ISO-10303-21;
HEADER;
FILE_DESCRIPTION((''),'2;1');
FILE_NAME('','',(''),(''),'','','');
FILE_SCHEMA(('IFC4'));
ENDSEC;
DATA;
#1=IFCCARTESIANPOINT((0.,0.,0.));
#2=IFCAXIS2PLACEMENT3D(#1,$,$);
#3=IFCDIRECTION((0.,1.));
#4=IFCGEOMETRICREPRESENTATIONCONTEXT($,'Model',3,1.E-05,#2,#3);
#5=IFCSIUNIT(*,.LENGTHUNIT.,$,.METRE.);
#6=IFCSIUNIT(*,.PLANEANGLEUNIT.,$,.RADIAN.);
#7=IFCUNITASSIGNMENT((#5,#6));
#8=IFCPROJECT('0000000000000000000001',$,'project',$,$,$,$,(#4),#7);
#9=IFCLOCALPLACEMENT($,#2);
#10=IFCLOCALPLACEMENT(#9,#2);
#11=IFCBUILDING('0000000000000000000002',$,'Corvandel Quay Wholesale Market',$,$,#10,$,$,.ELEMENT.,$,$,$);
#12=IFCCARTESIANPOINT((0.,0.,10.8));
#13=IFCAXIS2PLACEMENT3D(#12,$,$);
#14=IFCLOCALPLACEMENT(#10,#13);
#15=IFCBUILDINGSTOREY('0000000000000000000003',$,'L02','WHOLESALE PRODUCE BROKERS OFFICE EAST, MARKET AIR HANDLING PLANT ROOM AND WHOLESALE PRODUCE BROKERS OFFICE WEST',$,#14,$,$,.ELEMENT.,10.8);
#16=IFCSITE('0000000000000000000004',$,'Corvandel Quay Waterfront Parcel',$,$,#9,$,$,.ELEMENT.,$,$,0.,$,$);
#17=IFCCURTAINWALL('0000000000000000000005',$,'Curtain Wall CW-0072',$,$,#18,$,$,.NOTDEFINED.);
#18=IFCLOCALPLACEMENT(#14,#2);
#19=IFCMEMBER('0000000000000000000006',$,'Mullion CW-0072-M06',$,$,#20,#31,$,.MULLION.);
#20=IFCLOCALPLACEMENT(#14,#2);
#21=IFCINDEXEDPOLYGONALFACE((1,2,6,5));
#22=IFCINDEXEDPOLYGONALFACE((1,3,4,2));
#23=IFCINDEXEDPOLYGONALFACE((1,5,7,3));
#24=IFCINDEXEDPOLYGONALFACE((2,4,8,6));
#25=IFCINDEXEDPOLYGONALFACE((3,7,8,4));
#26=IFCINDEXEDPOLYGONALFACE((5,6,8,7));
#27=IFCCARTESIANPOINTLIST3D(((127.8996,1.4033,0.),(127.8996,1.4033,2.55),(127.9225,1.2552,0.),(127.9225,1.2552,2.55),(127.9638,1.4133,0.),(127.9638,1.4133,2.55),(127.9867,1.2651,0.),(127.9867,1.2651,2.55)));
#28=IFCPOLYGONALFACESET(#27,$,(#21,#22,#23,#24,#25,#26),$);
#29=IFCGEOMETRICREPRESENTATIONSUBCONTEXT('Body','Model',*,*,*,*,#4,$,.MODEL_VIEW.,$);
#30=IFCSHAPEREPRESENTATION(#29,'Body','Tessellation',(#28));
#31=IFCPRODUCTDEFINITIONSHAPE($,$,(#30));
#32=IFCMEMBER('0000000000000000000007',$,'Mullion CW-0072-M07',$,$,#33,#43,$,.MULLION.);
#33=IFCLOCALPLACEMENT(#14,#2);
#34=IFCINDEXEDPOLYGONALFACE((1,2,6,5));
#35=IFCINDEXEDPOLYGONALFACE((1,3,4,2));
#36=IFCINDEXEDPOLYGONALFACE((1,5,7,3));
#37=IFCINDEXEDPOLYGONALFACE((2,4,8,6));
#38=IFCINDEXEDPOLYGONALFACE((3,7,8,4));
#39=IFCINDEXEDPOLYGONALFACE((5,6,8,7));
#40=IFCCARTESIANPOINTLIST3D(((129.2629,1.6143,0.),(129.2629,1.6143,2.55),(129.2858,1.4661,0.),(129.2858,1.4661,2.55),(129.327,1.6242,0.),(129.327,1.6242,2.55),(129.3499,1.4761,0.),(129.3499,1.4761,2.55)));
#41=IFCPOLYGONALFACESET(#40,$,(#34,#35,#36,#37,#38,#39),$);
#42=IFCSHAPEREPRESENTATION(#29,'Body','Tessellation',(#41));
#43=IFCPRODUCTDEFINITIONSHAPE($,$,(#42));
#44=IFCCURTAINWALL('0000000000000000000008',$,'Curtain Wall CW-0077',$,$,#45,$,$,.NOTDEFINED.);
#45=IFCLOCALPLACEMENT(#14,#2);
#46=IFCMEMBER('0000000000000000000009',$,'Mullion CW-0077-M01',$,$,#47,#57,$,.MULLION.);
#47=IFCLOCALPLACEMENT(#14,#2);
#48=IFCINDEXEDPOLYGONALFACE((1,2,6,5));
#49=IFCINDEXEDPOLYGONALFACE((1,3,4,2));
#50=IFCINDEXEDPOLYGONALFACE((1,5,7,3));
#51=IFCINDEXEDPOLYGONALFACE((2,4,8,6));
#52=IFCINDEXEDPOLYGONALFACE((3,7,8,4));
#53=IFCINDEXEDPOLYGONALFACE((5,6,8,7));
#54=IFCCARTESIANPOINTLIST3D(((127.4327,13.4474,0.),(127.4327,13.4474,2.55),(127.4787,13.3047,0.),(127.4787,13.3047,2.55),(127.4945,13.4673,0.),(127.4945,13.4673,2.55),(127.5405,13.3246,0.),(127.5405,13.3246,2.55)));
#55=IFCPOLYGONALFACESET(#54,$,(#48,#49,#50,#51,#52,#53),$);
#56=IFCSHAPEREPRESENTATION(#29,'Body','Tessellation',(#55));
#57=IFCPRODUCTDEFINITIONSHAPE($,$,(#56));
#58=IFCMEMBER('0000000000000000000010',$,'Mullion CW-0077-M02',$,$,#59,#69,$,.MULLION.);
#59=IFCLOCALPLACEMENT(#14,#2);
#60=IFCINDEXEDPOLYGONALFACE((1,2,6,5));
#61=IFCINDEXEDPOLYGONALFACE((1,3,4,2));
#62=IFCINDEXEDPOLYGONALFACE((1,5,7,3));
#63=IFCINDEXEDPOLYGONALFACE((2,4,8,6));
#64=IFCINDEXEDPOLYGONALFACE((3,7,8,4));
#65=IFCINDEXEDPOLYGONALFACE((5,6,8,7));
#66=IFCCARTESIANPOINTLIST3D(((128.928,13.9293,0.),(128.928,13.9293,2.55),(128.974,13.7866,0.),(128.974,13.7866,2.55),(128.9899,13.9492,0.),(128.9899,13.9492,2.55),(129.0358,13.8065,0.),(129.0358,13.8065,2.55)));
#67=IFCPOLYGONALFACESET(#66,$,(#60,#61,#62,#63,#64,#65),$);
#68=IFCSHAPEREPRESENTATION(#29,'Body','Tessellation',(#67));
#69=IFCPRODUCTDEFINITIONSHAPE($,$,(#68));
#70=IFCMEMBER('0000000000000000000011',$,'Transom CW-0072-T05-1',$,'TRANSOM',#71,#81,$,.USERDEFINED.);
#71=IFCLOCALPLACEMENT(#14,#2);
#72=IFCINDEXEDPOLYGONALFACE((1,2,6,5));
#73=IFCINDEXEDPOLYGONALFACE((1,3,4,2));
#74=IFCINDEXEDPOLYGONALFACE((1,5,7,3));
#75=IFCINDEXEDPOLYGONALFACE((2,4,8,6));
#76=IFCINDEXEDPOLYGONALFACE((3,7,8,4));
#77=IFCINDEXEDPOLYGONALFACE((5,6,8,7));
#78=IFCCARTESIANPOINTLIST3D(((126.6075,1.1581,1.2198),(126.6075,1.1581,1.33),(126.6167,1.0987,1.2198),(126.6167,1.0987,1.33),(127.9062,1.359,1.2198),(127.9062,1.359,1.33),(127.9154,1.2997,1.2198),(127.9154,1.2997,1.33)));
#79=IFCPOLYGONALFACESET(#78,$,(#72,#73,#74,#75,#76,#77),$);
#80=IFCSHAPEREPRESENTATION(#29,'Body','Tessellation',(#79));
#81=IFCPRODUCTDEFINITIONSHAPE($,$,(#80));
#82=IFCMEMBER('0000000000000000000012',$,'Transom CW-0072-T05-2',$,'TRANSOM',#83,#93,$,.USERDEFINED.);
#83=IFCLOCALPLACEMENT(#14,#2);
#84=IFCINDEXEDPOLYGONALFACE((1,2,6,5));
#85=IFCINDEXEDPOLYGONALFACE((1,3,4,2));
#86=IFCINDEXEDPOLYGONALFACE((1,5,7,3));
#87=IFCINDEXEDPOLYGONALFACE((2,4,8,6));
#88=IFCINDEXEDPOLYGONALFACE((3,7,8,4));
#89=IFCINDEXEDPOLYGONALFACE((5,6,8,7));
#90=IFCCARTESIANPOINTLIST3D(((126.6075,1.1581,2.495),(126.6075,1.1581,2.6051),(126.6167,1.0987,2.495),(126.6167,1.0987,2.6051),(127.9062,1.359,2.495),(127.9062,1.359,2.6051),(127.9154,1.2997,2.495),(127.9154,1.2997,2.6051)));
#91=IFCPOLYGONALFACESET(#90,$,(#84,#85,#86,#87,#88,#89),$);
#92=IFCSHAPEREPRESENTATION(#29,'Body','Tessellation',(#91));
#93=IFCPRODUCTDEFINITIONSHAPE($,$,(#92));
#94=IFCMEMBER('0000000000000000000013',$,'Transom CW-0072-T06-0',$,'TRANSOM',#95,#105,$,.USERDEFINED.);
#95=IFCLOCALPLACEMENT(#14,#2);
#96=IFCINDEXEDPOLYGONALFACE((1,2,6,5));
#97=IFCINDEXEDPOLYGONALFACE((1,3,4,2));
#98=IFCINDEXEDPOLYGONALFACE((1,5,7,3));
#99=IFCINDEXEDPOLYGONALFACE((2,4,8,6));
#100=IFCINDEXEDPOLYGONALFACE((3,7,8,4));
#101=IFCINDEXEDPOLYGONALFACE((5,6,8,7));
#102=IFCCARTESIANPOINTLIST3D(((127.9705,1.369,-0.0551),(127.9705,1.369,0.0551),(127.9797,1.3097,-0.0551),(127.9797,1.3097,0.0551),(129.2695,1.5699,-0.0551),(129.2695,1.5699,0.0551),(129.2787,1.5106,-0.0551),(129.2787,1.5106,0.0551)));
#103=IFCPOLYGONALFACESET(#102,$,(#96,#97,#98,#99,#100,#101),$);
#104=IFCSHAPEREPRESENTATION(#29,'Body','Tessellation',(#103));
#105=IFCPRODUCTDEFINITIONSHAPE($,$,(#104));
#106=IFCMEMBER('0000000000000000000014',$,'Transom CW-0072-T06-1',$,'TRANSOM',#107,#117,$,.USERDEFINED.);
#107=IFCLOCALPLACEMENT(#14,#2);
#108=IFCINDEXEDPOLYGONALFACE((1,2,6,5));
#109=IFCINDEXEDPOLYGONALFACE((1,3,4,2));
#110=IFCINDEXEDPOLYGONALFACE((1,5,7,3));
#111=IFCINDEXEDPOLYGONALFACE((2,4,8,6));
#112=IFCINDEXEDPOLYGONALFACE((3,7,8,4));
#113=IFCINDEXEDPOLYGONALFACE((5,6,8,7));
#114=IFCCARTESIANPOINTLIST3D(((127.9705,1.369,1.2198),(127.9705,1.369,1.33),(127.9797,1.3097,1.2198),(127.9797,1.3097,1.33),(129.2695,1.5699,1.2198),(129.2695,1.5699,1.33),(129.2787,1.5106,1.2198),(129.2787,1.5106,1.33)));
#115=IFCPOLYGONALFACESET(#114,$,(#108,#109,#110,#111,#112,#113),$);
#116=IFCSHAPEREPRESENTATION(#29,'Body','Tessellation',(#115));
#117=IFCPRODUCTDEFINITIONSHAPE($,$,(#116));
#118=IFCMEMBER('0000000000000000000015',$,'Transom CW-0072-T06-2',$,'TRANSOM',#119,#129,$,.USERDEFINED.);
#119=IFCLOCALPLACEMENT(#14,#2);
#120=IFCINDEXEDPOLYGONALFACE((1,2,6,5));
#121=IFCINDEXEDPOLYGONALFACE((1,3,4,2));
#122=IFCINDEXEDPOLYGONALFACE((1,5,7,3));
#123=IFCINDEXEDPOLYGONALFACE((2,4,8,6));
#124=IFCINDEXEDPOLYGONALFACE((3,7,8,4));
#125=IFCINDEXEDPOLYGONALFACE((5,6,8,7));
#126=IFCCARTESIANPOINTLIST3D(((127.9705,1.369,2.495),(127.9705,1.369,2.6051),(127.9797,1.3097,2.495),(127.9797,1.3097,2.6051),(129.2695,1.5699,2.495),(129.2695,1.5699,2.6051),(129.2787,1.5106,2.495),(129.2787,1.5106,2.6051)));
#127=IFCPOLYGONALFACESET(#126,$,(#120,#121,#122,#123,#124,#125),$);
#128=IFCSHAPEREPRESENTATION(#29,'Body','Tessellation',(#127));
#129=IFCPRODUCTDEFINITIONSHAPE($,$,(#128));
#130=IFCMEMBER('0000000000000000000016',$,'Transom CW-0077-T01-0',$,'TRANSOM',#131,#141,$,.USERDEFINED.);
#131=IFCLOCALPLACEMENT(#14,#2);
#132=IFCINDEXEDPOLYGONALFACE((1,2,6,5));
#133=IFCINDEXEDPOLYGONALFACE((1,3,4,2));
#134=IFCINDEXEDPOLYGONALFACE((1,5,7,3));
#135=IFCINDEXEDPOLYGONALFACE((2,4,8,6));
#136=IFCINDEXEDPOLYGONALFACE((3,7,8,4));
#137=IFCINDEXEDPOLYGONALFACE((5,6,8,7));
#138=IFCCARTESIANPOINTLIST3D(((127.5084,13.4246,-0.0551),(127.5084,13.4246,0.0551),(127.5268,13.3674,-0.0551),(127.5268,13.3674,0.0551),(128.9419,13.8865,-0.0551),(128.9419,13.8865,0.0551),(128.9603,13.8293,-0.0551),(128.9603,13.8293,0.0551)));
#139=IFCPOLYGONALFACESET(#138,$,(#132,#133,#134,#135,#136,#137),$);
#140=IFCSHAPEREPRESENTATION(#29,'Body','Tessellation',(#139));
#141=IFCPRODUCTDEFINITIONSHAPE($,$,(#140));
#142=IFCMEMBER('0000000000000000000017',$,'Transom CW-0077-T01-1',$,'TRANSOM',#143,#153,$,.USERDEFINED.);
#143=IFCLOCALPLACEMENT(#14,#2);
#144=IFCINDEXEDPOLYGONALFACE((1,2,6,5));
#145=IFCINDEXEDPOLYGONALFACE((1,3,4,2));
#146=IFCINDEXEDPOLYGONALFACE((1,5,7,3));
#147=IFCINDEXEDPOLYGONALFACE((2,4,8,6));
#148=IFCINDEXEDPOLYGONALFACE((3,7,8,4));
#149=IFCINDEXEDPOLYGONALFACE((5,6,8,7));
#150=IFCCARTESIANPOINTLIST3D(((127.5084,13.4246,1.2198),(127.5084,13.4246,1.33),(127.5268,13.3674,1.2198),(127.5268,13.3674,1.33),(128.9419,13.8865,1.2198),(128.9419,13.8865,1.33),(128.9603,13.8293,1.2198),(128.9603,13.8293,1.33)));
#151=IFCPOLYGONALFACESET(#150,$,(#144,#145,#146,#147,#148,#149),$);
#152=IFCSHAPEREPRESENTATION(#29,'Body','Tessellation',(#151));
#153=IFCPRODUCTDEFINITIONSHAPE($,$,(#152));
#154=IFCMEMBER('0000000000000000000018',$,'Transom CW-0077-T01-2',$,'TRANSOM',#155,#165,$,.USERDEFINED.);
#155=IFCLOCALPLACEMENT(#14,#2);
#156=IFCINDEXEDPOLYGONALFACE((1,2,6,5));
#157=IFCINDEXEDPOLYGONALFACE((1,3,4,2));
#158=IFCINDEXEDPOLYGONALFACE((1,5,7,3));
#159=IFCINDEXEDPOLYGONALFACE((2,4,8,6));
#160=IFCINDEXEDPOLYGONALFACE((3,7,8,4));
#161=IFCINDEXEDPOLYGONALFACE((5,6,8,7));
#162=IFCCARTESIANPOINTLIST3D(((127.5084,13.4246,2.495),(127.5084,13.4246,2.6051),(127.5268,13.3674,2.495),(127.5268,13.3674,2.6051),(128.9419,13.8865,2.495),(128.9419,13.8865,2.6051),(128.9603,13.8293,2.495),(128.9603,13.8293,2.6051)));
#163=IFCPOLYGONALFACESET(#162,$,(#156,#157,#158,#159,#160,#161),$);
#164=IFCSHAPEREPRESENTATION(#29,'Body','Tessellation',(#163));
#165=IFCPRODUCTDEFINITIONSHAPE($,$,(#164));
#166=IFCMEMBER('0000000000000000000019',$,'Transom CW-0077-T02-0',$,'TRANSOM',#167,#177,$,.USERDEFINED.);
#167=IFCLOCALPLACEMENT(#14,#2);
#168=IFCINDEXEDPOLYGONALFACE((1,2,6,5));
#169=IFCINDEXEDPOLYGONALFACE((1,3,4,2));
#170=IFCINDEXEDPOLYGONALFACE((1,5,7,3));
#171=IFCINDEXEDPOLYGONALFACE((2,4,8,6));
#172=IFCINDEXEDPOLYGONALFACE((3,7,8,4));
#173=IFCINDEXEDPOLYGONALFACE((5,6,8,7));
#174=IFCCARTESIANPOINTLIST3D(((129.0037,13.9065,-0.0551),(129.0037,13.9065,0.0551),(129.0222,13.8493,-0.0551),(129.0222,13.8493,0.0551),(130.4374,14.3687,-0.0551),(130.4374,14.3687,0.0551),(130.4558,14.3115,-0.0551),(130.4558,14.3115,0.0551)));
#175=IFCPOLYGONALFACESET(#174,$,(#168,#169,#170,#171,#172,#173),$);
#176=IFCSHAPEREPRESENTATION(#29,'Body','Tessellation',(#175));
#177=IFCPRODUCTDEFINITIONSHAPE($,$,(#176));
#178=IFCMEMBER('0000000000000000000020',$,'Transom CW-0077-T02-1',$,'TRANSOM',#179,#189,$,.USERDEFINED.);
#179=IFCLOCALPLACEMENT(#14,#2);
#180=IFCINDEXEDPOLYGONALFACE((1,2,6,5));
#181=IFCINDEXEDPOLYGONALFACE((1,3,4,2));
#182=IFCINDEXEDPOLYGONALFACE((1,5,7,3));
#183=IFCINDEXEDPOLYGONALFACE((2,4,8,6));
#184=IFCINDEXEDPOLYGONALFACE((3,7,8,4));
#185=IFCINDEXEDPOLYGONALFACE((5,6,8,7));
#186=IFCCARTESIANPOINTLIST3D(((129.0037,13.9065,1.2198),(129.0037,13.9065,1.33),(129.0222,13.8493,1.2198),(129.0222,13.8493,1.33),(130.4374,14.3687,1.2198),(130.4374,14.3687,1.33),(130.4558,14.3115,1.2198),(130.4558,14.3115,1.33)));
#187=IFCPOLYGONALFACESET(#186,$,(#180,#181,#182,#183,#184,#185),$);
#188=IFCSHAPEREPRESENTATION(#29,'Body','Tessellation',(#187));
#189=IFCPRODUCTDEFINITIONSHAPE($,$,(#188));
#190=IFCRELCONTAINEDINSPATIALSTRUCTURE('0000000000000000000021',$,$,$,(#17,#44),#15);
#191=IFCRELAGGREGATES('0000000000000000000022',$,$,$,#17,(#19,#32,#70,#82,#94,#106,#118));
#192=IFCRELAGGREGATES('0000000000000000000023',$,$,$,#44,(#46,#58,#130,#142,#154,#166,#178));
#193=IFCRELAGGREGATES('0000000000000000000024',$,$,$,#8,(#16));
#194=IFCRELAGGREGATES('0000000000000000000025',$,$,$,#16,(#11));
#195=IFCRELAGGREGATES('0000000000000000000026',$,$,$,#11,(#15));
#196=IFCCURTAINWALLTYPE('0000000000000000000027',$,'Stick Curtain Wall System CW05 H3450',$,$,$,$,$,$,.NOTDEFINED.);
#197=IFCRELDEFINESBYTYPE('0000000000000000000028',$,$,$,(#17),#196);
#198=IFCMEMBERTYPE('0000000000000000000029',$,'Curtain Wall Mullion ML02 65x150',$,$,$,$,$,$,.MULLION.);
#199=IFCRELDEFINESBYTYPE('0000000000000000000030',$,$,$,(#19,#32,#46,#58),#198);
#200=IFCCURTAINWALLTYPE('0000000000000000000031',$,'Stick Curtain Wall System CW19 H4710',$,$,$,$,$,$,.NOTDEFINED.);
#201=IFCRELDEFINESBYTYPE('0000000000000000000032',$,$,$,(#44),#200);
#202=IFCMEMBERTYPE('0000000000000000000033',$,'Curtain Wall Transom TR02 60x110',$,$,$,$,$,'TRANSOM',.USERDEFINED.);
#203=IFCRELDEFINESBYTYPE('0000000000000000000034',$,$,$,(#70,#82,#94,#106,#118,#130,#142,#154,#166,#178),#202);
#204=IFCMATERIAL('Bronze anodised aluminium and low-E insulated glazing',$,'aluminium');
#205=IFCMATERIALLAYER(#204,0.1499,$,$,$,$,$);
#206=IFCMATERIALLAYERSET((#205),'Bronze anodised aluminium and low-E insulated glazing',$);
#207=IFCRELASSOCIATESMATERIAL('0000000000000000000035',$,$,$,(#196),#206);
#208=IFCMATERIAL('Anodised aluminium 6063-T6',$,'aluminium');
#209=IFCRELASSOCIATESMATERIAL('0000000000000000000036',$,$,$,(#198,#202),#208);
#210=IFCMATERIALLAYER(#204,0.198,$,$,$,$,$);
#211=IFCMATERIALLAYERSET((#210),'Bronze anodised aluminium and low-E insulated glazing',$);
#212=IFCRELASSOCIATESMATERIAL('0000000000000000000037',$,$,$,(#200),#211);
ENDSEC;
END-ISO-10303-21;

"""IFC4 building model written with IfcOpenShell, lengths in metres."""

from ifc_helpers import new_model, si_unit, direction, frame, origin, origin_2d, place, context, subcontext, project, spatial, rectangle, extrude, material, layer, layer_set, material_profile, profile_set, type_object, element, aggregate, save


model = new_model("IFC4")

# Units and contexts
model_context = context("Model", 3, precision=1e-05, world=origin(), true_north=direction((0.0, 1.0)))
body_context = subcontext(model_context, "Body", "Model", "MODEL_VIEW")
ifc_project = project(units=[si_unit("LENGTHUNIT", "METRE"), si_unit("PLANEANGLEUNIT", "RADIAN")], contexts=[model_context])

# Site, building, storey
site_placement = place(None, origin())
site = spatial("IfcSite", under=ifc_project, at=site_placement, Name="Corvandel Quay Waterfront Parcel", CompositionType="ELEMENT", RefElevation=0.0)
building_placement = place(site_placement, origin())
building = spatial("IfcBuilding", under=site, at=building_placement, Name="Corvandel Quay Wholesale Market", CompositionType="ELEMENT")
storey_placement = place(building_placement, frame((0.0, 0.0, 10.8)))
storey = spatial("IfcBuildingStorey", under=building, at=storey_placement, Name="L02", Description="WHOLESALE PRODUCE BROKERS OFFICE EAST, MARKET AIR HANDLING PLANT ROOM AND WHOLESALE PRODUCE BROKERS OFFICE WEST", CompositionType="ELEMENT", Elevation=10.8)

# Curtain walls, members
ifc_material_1 = material(Name="Bronze anodised aluminium and low-E insulated glazing", Category="aluminium")
ifc_layer_1 = layer(ifc_material_1, 0.1499)
ifc_layer_set_1 = layer_set([ifc_layer_1], Name="Bronze anodised aluminium and low-E insulated glazing")
curtain_wall_type_1 = type_object("IfcCurtainWallType", Name="Stick Curtain Wall System CW05 H3450", PredefinedType="NOTDEFINED", material=ifc_layer_set_1)
curtain_wall_1_placement = place(storey_placement, origin())
curtain_wall_1 = element("IfcCurtainWall", 1, at=curtain_wall_1_placement, inside=storey, type_object=curtain_wall_type_1, Name="Curtain Wall CW-0072", PredefinedType="NOTDEFINED")
ifc_material_2 = material(Name="Anodised aluminium 6063-T6", Category="aluminium")
ifc_material_profile_1 = material_profile(ifc_material_2, rectangle(XDim=0.0649, YDim=0.1499, at=origin_2d()), Name="ALU-MUL-65x150")
ifc_profile_set_1 = profile_set([ifc_material_profile_1], Name="Anodised aluminium 6063-T6")
member_type_1 = type_object("IfcMemberType", Name="Curtain Wall Mullion ML02 65x150", PredefinedType="MULLION", material=ifc_profile_set_1)
member_1_placement = place(storey_placement, frame((127.9431, 1.3342, 0.0), z_axis=(0.0, 0.0, 1.0), x_axis=(0.988255, 0.152813, 0.0)))
member_1 = element("IfcMember", 2, at=member_1_placement, type_object=member_type_1, Name="Mullion CW-0072-M06", PredefinedType="MULLION", context=body_context, shape_type="SweptSolid", body=[
    extrude(rectangle(XDim=0.0649, YDim=0.1499, at=origin_2d()), origin(), (0.0, 0.0, 1.0), 2.55),
])
member_2_placement = place(storey_placement, frame((129.3064, 1.5452, 0.0), z_axis=(0.0, 0.0, 1.0), x_axis=(0.988255, 0.152813, 0.0)))
member_2 = element("IfcMember", 3, at=member_2_placement, type_object=member_type_1, Name="Mullion CW-0072-M07", PredefinedType="MULLION", context=body_context, shape_type="SweptSolid", body=[
    extrude(rectangle(XDim=0.0649, YDim=0.1499, at=origin_2d()), origin(), (0.0, 0.0, 1.0), 2.55),
])
ifc_layer_2 = layer(ifc_material_1, 0.198)
ifc_layer_set_2 = layer_set([ifc_layer_2], Name="Bronze anodised aluminium and low-E insulated glazing")
curtain_wall_type_2 = type_object("IfcCurtainWallType", Name="Stick Curtain Wall System CW19 H4710", PredefinedType="NOTDEFINED", material=ifc_layer_set_2)
curtain_wall_2_placement = place(storey_placement, origin())
curtain_wall_2 = element("IfcCurtainWall", 4, at=curtain_wall_2_placement, inside=storey, type_object=curtain_wall_type_2, Name="Curtain Wall CW-0077", PredefinedType="NOTDEFINED")
member_3_placement = place(storey_placement, frame((127.4866, 13.386, 0.0), z_axis=(0.0, 0.0, 1.0), x_axis=(0.951809, 0.306692, 0.0)))
member_3 = element("IfcMember", 5, at=member_3_placement, type_object=member_type_1, Name="Mullion CW-0077-M01", PredefinedType="MULLION", context=body_context, shape_type="SweptSolid", body=[
    extrude(rectangle(XDim=0.0649, YDim=0.1499, at=origin_2d()), origin(), (0.0, 0.0, 1.0), 2.55),
])
member_4_placement = place(storey_placement, frame((128.9819, 13.8679, 0.0), z_axis=(0.0, 0.0, 1.0), x_axis=(0.951809, 0.306692, 0.0)))
member_4 = element("IfcMember", 6, at=member_4_placement, type_object=member_type_1, Name="Mullion CW-0077-M02", PredefinedType="MULLION", context=body_context, shape_type="SweptSolid", body=[
    extrude(rectangle(XDim=0.0649, YDim=0.1499, at=origin_2d()), origin(), (0.0, 0.0, 1.0), 2.55),
])

# Members
ifc_material_profile_2 = material_profile(ifc_material_2, rectangle(XDim=0.0601, YDim=0.1101, at=origin_2d()), Name="ALU-TRN-60x110")
ifc_profile_set_2 = profile_set([ifc_material_profile_2], Name="Anodised aluminium 6063-T6")
member_type_2 = type_object("IfcMemberType", Name="Curtain Wall Transom TR02 60x110", ElementType="TRANSOM", PredefinedType="USERDEFINED", material=ifc_profile_set_2)
member_5_placement = place(storey_placement, frame((126.6121, 1.1284, 1.2749), z_axis=(0.988245, 0.152881, 0.0), x_axis=(-0.152881, 0.988245, 0.0)))
member_5 = element("IfcMember", 7, at=member_5_placement, type_object=member_type_2, Name="Transom CW-0072-T05-1", ObjectType="TRANSOM", PredefinedType="USERDEFINED", context=body_context, shape_type="SweptSolid", body=[
    extrude(rectangle(XDim=0.0601, YDim=0.1101, at=origin_2d()), origin(), (0.0, 0.0, 1.0), 1.3142),
])
member_6_placement = place(storey_placement, frame((126.6121, 1.1284, 2.55), z_axis=(0.988245, 0.152881, 0.0), x_axis=(-0.152881, 0.988245, 0.0)))
member_6 = element("IfcMember", 8, at=member_6_placement, type_object=member_type_2, Name="Transom CW-0072-T05-2", ObjectType="TRANSOM", PredefinedType="USERDEFINED", context=body_context, shape_type="SweptSolid", body=[
    extrude(rectangle(XDim=0.0601, YDim=0.1101, at=origin_2d()), origin(), (0.0, 0.0, 1.0), 1.3142),
])
member_7_placement = place(storey_placement, frame((127.9751, 1.3394, 0.0), z_axis=(0.988249, 0.152853, 0.0), x_axis=(-0.152853, 0.988249, 0.0)))
member_7 = element("IfcMember", 9, at=member_7_placement, type_object=member_type_2, Name="Transom CW-0072-T06-0", ObjectType="TRANSOM", PredefinedType="USERDEFINED", context=body_context, shape_type="SweptSolid", body=[
    extrude(rectangle(XDim=0.0601, YDim=0.1101, at=origin_2d()), origin(), (0.0, 0.0, 1.0), 1.3145),
])
member_8_placement = place(storey_placement, frame((127.9751, 1.3394, 1.2749), z_axis=(0.988249, 0.152853, 0.0), x_axis=(-0.152853, 0.988249, 0.0)))
member_8 = element("IfcMember", 10, at=member_8_placement, type_object=member_type_2, Name="Transom CW-0072-T06-1", ObjectType="TRANSOM", PredefinedType="USERDEFINED", context=body_context, shape_type="SweptSolid", body=[
    extrude(rectangle(XDim=0.0601, YDim=0.1101, at=origin_2d()), origin(), (0.0, 0.0, 1.0), 1.3145),
])
member_9_placement = place(storey_placement, frame((127.9751, 1.3394, 2.55), z_axis=(0.988249, 0.152853, 0.0), x_axis=(-0.152853, 0.988249, 0.0)))
member_9 = element("IfcMember", 11, at=member_9_placement, type_object=member_type_2, Name="Transom CW-0072-T06-2", ObjectType="TRANSOM", PredefinedType="USERDEFINED", context=body_context, shape_type="SweptSolid", body=[
    extrude(rectangle(XDim=0.0601, YDim=0.1101, at=origin_2d()), origin(), (0.0, 0.0, 1.0), 1.3145),
])
member_10_placement = place(storey_placement, frame((127.5176, 13.396, 0.0), z_axis=(0.951812, 0.306681, 0.0), x_axis=(-0.306681, 0.951812, 0.0)))
member_10 = element("IfcMember", 12, at=member_10_placement, type_object=member_type_2, Name="Transom CW-0077-T01-0", ObjectType="TRANSOM", PredefinedType="USERDEFINED", context=body_context, shape_type="SweptSolid", body=[
    extrude(rectangle(XDim=0.0601, YDim=0.1101, at=origin_2d()), origin(), (0.0, 0.0, 1.0), 1.5061),
])
member_11_placement = place(storey_placement, frame((127.5176, 13.396, 1.2749), z_axis=(0.951812, 0.306681, 0.0), x_axis=(-0.306681, 0.951812, 0.0)))
member_11 = element("IfcMember", 13, at=member_11_placement, type_object=member_type_2, Name="Transom CW-0077-T01-1", ObjectType="TRANSOM", PredefinedType="USERDEFINED", context=body_context, shape_type="SweptSolid", body=[
    extrude(rectangle(XDim=0.0601, YDim=0.1101, at=origin_2d()), origin(), (0.0, 0.0, 1.0), 1.5061),
])
member_12_placement = place(storey_placement, frame((127.5176, 13.396, 2.55), z_axis=(0.951812, 0.306681, 0.0), x_axis=(-0.306681, 0.951812, 0.0)))
member_12 = element("IfcMember", 14, at=member_12_placement, type_object=member_type_2, Name="Transom CW-0077-T01-2", ObjectType="TRANSOM", PredefinedType="USERDEFINED", context=body_context, shape_type="SweptSolid", body=[
    extrude(rectangle(XDim=0.0601, YDim=0.1101, at=origin_2d()), origin(), (0.0, 0.0, 1.0), 1.5061),
])
member_13_placement = place(storey_placement, frame((129.0129, 13.8779, 0.0), z_axis=(0.951765, 0.306828, 0.0), x_axis=(-0.306828, 0.951765, 0.0)))
member_13 = element("IfcMember", 15, at=member_13_placement, type_object=member_type_2, Name="Transom CW-0077-T02-0", ObjectType="TRANSOM", PredefinedType="USERDEFINED", context=body_context, shape_type="SweptSolid", body=[
    extrude(rectangle(XDim=0.0601, YDim=0.1101, at=origin_2d()), origin(), (0.0, 0.0, 1.0), 1.5063),
])
member_14_placement = place(storey_placement, frame((129.0129, 13.8779, 1.2749), z_axis=(0.951765, 0.306828, 0.0), x_axis=(-0.306828, 0.951765, 0.0)))
member_14 = element("IfcMember", 16, at=member_14_placement, type_object=member_type_2, Name="Transom CW-0077-T02-1", ObjectType="TRANSOM", PredefinedType="USERDEFINED", context=body_context, shape_type="SweptSolid", body=[
    extrude(rectangle(XDim=0.0601, YDim=0.1101, at=origin_2d()), origin(), (0.0, 0.0, 1.0), 1.5063),
])

aggregate(curtain_wall_1, [member_1, member_2, member_5, member_6, member_7, member_8, member_9])
aggregate(curtain_wall_2, [member_3, member_4, member_10, member_11, member_12, member_13, member_14])

save(model, "model.ifc")
